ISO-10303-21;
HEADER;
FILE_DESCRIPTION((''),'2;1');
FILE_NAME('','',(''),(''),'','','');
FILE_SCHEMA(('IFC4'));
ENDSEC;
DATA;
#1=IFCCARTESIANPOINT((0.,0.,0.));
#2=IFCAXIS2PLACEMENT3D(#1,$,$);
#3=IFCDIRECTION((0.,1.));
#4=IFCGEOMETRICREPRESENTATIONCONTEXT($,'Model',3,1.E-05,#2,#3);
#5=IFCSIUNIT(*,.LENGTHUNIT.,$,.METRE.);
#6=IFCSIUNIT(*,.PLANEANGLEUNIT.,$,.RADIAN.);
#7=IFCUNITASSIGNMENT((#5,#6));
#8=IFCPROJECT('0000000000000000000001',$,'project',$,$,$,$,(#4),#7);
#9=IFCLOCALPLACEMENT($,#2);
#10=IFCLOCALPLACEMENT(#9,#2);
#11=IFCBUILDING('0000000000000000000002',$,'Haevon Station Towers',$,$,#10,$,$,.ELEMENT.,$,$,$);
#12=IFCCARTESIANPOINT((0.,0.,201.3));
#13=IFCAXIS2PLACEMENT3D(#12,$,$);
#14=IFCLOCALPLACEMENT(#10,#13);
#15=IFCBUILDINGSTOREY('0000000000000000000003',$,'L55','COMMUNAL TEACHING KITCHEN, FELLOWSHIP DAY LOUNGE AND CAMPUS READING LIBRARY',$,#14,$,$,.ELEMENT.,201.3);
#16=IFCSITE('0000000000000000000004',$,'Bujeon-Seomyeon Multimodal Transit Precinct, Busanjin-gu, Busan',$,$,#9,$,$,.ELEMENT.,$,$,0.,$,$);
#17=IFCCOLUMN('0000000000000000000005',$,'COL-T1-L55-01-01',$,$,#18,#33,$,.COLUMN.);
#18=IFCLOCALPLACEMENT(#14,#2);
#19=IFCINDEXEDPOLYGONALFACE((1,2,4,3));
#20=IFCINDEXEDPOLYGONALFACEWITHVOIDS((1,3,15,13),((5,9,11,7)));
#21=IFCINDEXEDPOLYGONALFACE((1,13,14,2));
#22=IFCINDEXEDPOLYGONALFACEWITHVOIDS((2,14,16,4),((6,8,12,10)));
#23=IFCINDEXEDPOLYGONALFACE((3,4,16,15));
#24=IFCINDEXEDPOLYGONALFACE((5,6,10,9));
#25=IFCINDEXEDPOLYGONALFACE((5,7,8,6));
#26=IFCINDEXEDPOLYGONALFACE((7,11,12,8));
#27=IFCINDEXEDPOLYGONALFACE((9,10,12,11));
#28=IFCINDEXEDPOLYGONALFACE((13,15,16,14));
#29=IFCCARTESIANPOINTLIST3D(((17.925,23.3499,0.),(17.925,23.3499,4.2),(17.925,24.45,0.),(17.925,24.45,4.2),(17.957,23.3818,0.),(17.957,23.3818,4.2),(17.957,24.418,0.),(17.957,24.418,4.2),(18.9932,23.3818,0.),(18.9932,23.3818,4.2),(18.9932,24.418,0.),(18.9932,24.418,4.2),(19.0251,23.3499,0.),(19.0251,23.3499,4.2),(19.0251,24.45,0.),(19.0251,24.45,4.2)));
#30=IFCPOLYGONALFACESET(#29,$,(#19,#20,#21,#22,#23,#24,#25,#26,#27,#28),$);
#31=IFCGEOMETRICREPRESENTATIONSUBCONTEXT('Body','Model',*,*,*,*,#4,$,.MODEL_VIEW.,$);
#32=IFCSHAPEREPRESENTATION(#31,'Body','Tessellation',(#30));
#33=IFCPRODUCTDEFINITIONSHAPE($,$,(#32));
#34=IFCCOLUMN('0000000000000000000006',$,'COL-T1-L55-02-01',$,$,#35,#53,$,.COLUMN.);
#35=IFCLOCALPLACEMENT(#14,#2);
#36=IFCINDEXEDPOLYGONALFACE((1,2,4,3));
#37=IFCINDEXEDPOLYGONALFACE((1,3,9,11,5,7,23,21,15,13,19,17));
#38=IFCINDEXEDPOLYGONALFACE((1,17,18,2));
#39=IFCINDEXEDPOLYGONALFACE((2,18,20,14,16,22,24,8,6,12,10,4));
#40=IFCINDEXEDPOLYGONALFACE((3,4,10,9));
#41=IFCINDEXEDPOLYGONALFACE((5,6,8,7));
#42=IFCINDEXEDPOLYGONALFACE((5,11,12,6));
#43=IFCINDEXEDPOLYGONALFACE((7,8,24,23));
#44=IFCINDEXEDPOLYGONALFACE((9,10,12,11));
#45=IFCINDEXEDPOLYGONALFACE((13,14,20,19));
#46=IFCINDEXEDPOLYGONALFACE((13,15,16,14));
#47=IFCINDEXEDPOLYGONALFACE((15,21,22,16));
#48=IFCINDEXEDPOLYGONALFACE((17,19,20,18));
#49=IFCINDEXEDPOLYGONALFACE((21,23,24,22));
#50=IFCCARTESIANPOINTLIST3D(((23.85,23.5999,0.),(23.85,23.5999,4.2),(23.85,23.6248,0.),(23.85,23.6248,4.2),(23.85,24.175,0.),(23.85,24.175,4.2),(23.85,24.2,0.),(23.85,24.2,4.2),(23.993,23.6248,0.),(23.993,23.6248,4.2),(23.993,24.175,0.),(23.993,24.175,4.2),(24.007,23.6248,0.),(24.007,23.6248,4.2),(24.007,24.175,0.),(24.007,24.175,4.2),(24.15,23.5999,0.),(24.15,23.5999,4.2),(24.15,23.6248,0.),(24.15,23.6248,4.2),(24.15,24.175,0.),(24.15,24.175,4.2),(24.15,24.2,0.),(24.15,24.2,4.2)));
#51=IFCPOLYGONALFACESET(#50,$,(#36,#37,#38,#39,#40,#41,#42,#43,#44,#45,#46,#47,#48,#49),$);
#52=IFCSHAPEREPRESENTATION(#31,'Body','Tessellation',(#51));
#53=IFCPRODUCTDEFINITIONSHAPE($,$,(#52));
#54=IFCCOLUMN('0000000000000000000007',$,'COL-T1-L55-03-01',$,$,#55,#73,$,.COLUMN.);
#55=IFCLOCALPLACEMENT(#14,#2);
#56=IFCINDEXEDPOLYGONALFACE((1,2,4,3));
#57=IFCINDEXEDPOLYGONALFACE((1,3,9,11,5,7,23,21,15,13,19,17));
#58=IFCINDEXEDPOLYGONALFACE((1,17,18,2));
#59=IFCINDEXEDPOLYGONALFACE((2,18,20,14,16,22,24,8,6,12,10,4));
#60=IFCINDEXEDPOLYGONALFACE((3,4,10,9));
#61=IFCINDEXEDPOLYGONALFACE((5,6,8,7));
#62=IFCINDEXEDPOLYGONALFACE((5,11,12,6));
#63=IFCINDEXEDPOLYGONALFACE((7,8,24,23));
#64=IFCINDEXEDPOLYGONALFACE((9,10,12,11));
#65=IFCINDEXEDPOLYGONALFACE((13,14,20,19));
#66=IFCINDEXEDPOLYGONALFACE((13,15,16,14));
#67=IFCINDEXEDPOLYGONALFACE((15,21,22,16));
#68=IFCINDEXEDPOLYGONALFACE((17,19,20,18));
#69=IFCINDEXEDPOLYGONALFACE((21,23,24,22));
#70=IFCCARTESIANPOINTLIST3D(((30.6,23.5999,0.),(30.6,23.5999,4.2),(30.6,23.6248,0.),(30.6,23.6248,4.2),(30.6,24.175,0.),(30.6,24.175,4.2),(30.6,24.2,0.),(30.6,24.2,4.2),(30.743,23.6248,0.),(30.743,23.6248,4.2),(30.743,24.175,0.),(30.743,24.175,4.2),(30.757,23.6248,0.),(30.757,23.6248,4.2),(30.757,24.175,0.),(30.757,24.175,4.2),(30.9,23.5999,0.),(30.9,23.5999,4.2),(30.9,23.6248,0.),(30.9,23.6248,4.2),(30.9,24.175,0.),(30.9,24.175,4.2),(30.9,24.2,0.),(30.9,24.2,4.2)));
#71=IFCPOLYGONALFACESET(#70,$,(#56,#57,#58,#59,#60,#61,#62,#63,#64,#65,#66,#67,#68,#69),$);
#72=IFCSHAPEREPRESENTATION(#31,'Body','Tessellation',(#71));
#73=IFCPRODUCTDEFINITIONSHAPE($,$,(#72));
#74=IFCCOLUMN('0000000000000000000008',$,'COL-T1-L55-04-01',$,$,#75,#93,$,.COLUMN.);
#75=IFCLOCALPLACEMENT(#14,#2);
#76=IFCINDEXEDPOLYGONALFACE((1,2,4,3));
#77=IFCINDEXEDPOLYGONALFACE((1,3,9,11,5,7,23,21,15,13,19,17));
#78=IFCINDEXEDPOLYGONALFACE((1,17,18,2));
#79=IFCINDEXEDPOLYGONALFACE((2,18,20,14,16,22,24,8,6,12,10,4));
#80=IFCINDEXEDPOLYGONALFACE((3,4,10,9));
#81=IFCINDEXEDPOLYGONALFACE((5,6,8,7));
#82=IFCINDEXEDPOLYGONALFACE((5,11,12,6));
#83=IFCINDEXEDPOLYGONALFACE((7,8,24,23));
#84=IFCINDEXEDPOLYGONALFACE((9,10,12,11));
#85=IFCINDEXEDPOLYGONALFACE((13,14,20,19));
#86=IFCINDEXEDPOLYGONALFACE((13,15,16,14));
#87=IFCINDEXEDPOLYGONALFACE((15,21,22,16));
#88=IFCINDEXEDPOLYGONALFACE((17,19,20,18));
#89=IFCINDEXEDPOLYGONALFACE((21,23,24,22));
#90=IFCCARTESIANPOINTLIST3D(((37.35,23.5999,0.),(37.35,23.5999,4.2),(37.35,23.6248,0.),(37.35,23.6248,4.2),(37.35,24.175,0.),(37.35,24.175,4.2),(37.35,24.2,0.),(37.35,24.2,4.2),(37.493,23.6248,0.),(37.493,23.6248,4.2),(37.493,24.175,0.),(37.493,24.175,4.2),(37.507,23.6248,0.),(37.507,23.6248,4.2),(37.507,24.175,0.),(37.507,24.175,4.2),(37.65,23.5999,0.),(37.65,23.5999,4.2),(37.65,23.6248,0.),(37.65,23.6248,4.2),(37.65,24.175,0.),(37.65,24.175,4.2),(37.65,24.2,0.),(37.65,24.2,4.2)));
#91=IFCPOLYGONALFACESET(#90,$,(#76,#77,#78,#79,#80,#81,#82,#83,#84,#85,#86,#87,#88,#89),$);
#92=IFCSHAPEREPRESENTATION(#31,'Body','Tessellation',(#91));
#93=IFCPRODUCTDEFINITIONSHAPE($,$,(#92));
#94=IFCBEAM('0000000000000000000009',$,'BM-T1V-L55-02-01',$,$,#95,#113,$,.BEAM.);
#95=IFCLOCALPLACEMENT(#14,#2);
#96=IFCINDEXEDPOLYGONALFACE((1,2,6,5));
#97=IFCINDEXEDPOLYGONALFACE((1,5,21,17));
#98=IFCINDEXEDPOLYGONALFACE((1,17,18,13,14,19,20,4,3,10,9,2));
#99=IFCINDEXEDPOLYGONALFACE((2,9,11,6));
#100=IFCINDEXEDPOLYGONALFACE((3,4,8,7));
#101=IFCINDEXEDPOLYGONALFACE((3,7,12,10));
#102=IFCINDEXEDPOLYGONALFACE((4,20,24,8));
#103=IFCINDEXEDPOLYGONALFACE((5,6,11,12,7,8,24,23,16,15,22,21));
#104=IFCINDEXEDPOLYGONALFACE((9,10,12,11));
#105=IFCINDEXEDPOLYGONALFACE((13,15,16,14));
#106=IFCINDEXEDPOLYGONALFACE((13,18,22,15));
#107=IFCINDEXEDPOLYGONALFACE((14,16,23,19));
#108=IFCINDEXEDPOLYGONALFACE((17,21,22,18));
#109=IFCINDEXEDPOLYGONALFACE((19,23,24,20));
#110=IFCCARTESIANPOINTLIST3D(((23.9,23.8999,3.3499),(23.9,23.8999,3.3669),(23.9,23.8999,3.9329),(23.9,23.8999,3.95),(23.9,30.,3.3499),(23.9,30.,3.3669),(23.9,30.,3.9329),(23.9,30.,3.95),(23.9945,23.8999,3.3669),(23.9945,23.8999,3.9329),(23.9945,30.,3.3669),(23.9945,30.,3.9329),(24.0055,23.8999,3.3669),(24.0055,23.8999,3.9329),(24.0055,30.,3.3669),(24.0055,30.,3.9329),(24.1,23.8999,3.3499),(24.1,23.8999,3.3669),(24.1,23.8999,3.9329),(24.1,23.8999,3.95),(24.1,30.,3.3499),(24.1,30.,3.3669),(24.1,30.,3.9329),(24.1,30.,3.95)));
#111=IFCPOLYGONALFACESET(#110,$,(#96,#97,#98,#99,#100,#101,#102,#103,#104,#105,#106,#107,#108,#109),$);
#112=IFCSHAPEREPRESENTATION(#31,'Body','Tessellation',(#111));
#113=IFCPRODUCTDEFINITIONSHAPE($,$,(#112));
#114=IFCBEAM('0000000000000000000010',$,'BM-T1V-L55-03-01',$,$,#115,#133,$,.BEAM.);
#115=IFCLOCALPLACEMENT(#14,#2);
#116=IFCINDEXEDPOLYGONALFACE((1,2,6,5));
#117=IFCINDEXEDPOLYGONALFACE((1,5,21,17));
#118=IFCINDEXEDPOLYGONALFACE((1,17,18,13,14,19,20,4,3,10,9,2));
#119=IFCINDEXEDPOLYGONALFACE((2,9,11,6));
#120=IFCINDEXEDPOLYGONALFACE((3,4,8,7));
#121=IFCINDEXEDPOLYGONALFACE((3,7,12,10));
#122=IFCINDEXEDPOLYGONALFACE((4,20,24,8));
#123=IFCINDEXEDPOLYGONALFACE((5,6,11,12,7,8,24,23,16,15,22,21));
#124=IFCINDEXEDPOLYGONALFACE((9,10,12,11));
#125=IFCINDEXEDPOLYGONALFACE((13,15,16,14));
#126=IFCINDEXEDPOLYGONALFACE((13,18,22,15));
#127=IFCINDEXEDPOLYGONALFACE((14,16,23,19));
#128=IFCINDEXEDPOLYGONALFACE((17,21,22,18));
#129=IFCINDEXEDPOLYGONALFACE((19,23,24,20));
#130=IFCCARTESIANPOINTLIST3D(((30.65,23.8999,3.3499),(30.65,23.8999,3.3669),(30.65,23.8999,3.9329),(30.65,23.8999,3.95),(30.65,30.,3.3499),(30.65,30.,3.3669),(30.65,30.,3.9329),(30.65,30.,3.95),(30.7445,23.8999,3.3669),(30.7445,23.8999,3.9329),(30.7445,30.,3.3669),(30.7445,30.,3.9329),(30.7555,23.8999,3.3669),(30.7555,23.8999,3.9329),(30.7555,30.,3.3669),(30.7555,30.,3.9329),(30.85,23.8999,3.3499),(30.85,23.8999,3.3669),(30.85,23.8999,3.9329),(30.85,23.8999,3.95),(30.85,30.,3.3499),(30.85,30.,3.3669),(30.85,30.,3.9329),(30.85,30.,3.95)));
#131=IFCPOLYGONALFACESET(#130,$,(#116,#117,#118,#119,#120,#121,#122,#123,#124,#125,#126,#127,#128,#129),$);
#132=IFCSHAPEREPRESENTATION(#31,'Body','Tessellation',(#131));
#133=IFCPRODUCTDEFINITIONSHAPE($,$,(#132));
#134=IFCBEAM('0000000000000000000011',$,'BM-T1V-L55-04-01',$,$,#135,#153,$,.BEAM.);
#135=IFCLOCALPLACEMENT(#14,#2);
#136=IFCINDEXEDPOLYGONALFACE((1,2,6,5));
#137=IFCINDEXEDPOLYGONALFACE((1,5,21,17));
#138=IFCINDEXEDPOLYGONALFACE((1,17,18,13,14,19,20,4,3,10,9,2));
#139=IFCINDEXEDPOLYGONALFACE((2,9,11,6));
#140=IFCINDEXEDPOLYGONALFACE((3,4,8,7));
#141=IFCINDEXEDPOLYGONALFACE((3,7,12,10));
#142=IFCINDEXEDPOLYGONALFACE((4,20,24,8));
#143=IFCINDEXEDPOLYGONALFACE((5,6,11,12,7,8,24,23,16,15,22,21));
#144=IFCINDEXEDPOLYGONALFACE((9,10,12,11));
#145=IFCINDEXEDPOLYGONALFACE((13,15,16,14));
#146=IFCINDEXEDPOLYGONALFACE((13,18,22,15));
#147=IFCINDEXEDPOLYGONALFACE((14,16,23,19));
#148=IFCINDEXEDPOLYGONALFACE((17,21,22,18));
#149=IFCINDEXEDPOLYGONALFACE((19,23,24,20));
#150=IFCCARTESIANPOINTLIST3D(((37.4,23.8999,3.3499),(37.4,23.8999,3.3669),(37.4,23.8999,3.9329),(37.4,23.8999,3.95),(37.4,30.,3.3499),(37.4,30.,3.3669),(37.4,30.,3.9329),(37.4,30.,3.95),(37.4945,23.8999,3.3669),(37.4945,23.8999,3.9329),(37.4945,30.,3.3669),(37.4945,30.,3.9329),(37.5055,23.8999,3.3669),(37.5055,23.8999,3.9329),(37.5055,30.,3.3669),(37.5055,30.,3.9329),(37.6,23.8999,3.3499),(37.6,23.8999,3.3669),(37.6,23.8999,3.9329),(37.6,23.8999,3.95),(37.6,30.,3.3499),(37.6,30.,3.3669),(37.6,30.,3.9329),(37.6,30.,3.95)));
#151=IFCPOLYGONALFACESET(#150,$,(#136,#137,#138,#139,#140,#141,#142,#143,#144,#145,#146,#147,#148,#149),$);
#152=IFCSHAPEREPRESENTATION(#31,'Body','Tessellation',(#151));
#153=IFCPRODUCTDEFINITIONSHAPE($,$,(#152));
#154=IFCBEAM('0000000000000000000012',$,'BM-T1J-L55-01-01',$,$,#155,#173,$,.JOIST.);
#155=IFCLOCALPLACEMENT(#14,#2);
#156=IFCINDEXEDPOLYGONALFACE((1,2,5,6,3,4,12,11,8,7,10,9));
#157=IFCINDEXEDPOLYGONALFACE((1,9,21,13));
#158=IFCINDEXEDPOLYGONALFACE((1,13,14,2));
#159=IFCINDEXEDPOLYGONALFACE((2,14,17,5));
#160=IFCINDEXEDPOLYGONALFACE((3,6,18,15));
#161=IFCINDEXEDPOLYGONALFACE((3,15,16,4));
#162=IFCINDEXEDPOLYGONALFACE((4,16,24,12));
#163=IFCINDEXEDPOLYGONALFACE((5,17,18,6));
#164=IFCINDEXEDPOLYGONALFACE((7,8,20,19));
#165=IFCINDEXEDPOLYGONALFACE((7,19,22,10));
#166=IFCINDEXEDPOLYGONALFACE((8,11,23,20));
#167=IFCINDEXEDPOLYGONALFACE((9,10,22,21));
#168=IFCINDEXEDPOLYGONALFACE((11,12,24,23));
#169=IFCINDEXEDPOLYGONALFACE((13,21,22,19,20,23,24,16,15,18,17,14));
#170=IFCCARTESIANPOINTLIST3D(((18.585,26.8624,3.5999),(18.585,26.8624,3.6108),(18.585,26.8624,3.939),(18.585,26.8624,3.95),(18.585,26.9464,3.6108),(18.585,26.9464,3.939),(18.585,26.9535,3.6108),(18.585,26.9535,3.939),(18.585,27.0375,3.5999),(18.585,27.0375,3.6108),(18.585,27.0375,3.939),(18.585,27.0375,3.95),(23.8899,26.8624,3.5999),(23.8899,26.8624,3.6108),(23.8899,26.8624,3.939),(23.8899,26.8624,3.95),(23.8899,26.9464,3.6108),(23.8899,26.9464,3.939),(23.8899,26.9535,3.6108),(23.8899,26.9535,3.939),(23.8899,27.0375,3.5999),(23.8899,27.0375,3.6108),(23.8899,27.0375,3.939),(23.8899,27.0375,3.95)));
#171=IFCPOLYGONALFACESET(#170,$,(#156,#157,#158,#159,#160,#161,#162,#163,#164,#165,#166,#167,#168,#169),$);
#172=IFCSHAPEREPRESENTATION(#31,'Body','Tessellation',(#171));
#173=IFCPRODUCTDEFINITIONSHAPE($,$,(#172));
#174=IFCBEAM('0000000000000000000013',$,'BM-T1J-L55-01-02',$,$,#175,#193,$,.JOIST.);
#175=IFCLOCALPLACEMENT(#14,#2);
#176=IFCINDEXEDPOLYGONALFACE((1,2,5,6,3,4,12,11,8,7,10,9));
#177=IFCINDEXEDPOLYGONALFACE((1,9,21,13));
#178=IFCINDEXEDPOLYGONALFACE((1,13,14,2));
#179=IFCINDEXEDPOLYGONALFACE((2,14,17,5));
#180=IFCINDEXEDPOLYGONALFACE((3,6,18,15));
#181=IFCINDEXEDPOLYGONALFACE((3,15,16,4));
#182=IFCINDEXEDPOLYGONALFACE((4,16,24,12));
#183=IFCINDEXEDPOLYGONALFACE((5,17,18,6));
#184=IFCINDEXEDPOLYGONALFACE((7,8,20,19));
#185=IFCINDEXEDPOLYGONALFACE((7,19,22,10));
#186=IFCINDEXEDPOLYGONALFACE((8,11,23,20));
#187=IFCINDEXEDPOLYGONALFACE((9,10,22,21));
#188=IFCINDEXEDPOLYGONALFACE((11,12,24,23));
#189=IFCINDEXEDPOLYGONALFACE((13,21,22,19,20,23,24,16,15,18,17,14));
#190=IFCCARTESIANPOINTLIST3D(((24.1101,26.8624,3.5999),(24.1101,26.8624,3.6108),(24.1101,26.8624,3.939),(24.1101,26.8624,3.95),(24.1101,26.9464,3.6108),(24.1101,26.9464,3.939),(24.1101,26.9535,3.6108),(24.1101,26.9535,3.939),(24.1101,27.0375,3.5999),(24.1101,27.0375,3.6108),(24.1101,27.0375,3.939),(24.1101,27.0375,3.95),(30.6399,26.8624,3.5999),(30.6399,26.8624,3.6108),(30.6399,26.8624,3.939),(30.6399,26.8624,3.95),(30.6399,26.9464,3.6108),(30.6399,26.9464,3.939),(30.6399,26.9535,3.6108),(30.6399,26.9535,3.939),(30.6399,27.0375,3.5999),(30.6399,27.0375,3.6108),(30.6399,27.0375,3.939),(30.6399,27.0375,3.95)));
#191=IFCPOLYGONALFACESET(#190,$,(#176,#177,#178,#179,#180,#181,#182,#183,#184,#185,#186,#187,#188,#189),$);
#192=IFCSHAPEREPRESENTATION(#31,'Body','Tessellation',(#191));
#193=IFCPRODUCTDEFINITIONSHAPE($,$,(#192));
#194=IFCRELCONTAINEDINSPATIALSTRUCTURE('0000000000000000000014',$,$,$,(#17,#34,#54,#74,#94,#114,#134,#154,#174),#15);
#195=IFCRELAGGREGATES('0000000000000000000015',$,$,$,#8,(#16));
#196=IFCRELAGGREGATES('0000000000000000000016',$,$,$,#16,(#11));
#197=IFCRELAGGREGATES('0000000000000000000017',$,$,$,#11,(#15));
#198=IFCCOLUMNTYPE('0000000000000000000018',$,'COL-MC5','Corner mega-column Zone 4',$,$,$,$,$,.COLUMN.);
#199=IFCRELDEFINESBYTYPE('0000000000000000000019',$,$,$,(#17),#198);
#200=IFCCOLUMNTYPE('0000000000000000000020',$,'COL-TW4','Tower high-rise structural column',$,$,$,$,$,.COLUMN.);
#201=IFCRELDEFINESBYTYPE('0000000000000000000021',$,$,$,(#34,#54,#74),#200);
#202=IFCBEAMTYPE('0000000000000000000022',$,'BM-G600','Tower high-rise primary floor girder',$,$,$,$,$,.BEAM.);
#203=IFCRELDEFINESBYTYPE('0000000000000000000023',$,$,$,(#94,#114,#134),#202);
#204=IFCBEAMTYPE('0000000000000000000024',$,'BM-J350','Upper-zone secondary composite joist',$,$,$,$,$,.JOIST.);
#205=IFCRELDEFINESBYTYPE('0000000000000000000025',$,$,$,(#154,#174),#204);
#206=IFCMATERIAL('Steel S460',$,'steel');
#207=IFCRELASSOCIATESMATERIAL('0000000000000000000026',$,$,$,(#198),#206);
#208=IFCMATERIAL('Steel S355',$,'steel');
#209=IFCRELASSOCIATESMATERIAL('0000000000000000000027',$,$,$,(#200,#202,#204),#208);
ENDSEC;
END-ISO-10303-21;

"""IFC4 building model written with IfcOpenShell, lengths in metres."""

from ifc_helpers import new_model, si_unit, direction, frame, origin, origin_2d, place, context, subcontext, project, spatial, hollow_rectangle, i_section, extrude, material, material_profile, profile_set, type_object, element, save


model = new_model("IFC4")

# Units and contexts
model_context = context("Model", 3, precision=1e-05, world=origin(), true_north=direction((0.0, 1.0)))
body_context = subcontext(model_context, "Body", "Model", "MODEL_VIEW")
ifc_project = project(units=[si_unit("LENGTHUNIT", "METRE"), si_unit("PLANEANGLEUNIT", "RADIAN")], contexts=[model_context])

# Site, building, storey
site_placement = place(None, origin())
site = spatial("IfcSite", under=ifc_project, at=site_placement, Name="Bujeon-Seomyeon Multimodal Transit Precinct, Busanjin-gu, Busan", CompositionType="ELEMENT", RefElevation=0.0)
building_placement = place(site_placement, origin())
building = spatial("IfcBuilding", under=site, at=building_placement, Name="Haevon Station Towers", CompositionType="ELEMENT")
storey_placement = place(building_placement, frame((0.0, 0.0, 201.3)))
storey = spatial("IfcBuildingStorey", under=building, at=storey_placement, Name="L55", Description="COMMUNAL TEACHING KITCHEN, FELLOWSHIP DAY LOUNGE AND CAMPUS READING LIBRARY", CompositionType="ELEMENT", Elevation=201.3)

# Columns
ifc_material_1 = material(Name="Steel S460", Category="steel")
ifc_material_profile_1 = material_profile(ifc_material_1, hollow_rectangle(XDim=1.1001, YDim=1.1001, WallThickness=0.032, at=origin_2d()), Name="BOX-1100x1100x32")
ifc_profile_set_1 = profile_set([ifc_material_profile_1], Name="Steel S460")
column_type_1 = type_object("IfcColumnType", Name="COL-MC5", Description="Corner mega-column Zone 4", PredefinedType="COLUMN", material=ifc_profile_set_1)
column_placement = place(storey_placement, frame((18.4751, 23.8999, 0.0), z_axis=(0.0, 0.0, 1.0), x_axis=(1.0, 0.0, 0.0)))
element("IfcColumn", 1, at=column_placement, inside=storey, type_object=column_type_1, Name="COL-T1-L55-01-01", PredefinedType="COLUMN", context=body_context, shape_type="SweptSolid", body=[
    extrude(hollow_rectangle(XDim=1.1001, YDim=1.1001, WallThickness=0.032, at=origin_2d()), origin(), (0.0, 0.0, 1.0), 4.2),
])
ifc_material_2 = material(Name="Steel S355", Category="steel")
ifc_material_profile_2 = material_profile(ifc_material_2, i_section(OverallWidth=0.3, OverallDepth=0.6001, WebThickness=0.0139, FlangeThickness=0.0249, at=origin_2d()), Name="H-600x300x14x25")
ifc_profile_set_2 = profile_set([ifc_material_profile_2], Name="Steel S355")
column_type_2 = type_object("IfcColumnType", Name="COL-TW4", Description="Tower high-rise structural column", PredefinedType="COLUMN", material=ifc_profile_set_2)
for number, where, z_axis, x_axis, name in (
    (2, (24.0, 23.8999, 0.0), (0.0, 0.0, 1.0), (1.0, 0.0, 0.0), "COL-T1-L55-02-01"),
    (3, (30.75, 23.8999, 0.0), (0.0, 0.0, 1.0), (1.0, 0.0, 0.0), "COL-T1-L55-03-01"),
    (4, (37.5, 23.8999, 0.0), (0.0, 0.0, 1.0), (1.0, 0.0, 0.0), "COL-T1-L55-04-01"),
):
    element("IfcColumn", number, at=place(storey_placement, frame(where, z_axis=z_axis, x_axis=x_axis)), inside=storey, type_object=column_type_2, Name=name, PredefinedType="COLUMN", context=body_context, shape_type="SweptSolid", body=[
        extrude(i_section(OverallWidth=0.3, OverallDepth=0.6001, WebThickness=0.0139, FlangeThickness=0.0249, at=origin_2d()), origin(), (0.0, 0.0, 1.0), 4.2),
    ])

# Beams
ifc_material_profile_3 = material_profile(ifc_material_2, i_section(OverallWidth=0.2, OverallDepth=0.6001, WebThickness=0.011, FlangeThickness=0.0171, at=origin_2d()), Name="H-600x200x11x17")
ifc_profile_set_3 = profile_set([ifc_material_profile_3], Name="Steel S355")
beam_type_1 = type_object("IfcBeamType", Name="BM-G600", Description="Tower high-rise primary floor girder", PredefinedType="BEAM", material=ifc_profile_set_3)
for number, where, z_axis, x_axis, name in (
    (5, (24.0, 23.8999, 3.6499), (0.0, 1.0, 0.0), (-1.0, 0.0, 0.0), "BM-T1V-L55-02-01"),
    (6, (30.75, 23.8999, 3.6499), (0.0, 1.0, 0.0), (-1.0, 0.0, 0.0), "BM-T1V-L55-03-01"),
    (7, (37.5, 23.8999, 3.6499), (0.0, 1.0, 0.0), (-1.0, 0.0, 0.0), "BM-T1V-L55-04-01"),
):
    element("IfcBeam", number, at=place(storey_placement, frame(where, z_axis=z_axis, x_axis=x_axis)), inside=storey, type_object=beam_type_1, Name=name, PredefinedType="BEAM", context=body_context, shape_type="SweptSolid", body=[
        extrude(i_section(OverallWidth=0.2, OverallDepth=0.6001, WebThickness=0.011, FlangeThickness=0.0171, at=origin_2d()), origin(), (0.0, 0.0, 1.0), 6.1001),
    ])
ifc_material_profile_4 = material_profile(ifc_material_2, i_section(OverallWidth=0.175, OverallDepth=0.3501, WebThickness=0.0071, FlangeThickness=0.011, at=origin_2d()), Name="H-350x175x7x11")
ifc_profile_set_4 = profile_set([ifc_material_profile_4], Name="Steel S355")
beam_type_2 = type_object("IfcBeamType", Name="BM-J350", Description="Upper-zone secondary composite joist", PredefinedType="JOIST", material=ifc_profile_set_4)
beam_1_placement = place(storey_placement, frame((18.585, 26.95, 3.7749), z_axis=(1.0, 0.0, 0.0), x_axis=(0.0, 1.0, 0.0)))
element("IfcBeam", 8, at=beam_1_placement, inside=storey, type_object=beam_type_2, Name="BM-T1J-L55-01-01", PredefinedType="JOIST", context=body_context, shape_type="SweptSolid", body=[
    extrude(i_section(OverallWidth=0.175, OverallDepth=0.3501, WebThickness=0.0071, FlangeThickness=0.011, at=origin_2d()), origin(), (0.0, 0.0, 1.0), 5.3049),
])
for number, where, z_axis, x_axis, name in (
    (9, (24.1101, 26.95, 3.7749), (1.0, 0.0, 0.0), (0.0, 1.0, 0.0), "BM-T1J-L55-01-02"),
):
    element("IfcBeam", number, at=place(storey_placement, frame(where, z_axis=z_axis, x_axis=x_axis)), inside=storey, type_object=beam_type_2, Name=name, PredefinedType="JOIST", context=body_context, shape_type="SweptSolid", body=[
        extrude(i_section(OverallWidth=0.175, OverallDepth=0.3501, WebThickness=0.0071, FlangeThickness=0.011, at=origin_2d()), origin(), (0.0, 0.0, 1.0), 6.5298),
    ])

save(model, "model.ifc")
